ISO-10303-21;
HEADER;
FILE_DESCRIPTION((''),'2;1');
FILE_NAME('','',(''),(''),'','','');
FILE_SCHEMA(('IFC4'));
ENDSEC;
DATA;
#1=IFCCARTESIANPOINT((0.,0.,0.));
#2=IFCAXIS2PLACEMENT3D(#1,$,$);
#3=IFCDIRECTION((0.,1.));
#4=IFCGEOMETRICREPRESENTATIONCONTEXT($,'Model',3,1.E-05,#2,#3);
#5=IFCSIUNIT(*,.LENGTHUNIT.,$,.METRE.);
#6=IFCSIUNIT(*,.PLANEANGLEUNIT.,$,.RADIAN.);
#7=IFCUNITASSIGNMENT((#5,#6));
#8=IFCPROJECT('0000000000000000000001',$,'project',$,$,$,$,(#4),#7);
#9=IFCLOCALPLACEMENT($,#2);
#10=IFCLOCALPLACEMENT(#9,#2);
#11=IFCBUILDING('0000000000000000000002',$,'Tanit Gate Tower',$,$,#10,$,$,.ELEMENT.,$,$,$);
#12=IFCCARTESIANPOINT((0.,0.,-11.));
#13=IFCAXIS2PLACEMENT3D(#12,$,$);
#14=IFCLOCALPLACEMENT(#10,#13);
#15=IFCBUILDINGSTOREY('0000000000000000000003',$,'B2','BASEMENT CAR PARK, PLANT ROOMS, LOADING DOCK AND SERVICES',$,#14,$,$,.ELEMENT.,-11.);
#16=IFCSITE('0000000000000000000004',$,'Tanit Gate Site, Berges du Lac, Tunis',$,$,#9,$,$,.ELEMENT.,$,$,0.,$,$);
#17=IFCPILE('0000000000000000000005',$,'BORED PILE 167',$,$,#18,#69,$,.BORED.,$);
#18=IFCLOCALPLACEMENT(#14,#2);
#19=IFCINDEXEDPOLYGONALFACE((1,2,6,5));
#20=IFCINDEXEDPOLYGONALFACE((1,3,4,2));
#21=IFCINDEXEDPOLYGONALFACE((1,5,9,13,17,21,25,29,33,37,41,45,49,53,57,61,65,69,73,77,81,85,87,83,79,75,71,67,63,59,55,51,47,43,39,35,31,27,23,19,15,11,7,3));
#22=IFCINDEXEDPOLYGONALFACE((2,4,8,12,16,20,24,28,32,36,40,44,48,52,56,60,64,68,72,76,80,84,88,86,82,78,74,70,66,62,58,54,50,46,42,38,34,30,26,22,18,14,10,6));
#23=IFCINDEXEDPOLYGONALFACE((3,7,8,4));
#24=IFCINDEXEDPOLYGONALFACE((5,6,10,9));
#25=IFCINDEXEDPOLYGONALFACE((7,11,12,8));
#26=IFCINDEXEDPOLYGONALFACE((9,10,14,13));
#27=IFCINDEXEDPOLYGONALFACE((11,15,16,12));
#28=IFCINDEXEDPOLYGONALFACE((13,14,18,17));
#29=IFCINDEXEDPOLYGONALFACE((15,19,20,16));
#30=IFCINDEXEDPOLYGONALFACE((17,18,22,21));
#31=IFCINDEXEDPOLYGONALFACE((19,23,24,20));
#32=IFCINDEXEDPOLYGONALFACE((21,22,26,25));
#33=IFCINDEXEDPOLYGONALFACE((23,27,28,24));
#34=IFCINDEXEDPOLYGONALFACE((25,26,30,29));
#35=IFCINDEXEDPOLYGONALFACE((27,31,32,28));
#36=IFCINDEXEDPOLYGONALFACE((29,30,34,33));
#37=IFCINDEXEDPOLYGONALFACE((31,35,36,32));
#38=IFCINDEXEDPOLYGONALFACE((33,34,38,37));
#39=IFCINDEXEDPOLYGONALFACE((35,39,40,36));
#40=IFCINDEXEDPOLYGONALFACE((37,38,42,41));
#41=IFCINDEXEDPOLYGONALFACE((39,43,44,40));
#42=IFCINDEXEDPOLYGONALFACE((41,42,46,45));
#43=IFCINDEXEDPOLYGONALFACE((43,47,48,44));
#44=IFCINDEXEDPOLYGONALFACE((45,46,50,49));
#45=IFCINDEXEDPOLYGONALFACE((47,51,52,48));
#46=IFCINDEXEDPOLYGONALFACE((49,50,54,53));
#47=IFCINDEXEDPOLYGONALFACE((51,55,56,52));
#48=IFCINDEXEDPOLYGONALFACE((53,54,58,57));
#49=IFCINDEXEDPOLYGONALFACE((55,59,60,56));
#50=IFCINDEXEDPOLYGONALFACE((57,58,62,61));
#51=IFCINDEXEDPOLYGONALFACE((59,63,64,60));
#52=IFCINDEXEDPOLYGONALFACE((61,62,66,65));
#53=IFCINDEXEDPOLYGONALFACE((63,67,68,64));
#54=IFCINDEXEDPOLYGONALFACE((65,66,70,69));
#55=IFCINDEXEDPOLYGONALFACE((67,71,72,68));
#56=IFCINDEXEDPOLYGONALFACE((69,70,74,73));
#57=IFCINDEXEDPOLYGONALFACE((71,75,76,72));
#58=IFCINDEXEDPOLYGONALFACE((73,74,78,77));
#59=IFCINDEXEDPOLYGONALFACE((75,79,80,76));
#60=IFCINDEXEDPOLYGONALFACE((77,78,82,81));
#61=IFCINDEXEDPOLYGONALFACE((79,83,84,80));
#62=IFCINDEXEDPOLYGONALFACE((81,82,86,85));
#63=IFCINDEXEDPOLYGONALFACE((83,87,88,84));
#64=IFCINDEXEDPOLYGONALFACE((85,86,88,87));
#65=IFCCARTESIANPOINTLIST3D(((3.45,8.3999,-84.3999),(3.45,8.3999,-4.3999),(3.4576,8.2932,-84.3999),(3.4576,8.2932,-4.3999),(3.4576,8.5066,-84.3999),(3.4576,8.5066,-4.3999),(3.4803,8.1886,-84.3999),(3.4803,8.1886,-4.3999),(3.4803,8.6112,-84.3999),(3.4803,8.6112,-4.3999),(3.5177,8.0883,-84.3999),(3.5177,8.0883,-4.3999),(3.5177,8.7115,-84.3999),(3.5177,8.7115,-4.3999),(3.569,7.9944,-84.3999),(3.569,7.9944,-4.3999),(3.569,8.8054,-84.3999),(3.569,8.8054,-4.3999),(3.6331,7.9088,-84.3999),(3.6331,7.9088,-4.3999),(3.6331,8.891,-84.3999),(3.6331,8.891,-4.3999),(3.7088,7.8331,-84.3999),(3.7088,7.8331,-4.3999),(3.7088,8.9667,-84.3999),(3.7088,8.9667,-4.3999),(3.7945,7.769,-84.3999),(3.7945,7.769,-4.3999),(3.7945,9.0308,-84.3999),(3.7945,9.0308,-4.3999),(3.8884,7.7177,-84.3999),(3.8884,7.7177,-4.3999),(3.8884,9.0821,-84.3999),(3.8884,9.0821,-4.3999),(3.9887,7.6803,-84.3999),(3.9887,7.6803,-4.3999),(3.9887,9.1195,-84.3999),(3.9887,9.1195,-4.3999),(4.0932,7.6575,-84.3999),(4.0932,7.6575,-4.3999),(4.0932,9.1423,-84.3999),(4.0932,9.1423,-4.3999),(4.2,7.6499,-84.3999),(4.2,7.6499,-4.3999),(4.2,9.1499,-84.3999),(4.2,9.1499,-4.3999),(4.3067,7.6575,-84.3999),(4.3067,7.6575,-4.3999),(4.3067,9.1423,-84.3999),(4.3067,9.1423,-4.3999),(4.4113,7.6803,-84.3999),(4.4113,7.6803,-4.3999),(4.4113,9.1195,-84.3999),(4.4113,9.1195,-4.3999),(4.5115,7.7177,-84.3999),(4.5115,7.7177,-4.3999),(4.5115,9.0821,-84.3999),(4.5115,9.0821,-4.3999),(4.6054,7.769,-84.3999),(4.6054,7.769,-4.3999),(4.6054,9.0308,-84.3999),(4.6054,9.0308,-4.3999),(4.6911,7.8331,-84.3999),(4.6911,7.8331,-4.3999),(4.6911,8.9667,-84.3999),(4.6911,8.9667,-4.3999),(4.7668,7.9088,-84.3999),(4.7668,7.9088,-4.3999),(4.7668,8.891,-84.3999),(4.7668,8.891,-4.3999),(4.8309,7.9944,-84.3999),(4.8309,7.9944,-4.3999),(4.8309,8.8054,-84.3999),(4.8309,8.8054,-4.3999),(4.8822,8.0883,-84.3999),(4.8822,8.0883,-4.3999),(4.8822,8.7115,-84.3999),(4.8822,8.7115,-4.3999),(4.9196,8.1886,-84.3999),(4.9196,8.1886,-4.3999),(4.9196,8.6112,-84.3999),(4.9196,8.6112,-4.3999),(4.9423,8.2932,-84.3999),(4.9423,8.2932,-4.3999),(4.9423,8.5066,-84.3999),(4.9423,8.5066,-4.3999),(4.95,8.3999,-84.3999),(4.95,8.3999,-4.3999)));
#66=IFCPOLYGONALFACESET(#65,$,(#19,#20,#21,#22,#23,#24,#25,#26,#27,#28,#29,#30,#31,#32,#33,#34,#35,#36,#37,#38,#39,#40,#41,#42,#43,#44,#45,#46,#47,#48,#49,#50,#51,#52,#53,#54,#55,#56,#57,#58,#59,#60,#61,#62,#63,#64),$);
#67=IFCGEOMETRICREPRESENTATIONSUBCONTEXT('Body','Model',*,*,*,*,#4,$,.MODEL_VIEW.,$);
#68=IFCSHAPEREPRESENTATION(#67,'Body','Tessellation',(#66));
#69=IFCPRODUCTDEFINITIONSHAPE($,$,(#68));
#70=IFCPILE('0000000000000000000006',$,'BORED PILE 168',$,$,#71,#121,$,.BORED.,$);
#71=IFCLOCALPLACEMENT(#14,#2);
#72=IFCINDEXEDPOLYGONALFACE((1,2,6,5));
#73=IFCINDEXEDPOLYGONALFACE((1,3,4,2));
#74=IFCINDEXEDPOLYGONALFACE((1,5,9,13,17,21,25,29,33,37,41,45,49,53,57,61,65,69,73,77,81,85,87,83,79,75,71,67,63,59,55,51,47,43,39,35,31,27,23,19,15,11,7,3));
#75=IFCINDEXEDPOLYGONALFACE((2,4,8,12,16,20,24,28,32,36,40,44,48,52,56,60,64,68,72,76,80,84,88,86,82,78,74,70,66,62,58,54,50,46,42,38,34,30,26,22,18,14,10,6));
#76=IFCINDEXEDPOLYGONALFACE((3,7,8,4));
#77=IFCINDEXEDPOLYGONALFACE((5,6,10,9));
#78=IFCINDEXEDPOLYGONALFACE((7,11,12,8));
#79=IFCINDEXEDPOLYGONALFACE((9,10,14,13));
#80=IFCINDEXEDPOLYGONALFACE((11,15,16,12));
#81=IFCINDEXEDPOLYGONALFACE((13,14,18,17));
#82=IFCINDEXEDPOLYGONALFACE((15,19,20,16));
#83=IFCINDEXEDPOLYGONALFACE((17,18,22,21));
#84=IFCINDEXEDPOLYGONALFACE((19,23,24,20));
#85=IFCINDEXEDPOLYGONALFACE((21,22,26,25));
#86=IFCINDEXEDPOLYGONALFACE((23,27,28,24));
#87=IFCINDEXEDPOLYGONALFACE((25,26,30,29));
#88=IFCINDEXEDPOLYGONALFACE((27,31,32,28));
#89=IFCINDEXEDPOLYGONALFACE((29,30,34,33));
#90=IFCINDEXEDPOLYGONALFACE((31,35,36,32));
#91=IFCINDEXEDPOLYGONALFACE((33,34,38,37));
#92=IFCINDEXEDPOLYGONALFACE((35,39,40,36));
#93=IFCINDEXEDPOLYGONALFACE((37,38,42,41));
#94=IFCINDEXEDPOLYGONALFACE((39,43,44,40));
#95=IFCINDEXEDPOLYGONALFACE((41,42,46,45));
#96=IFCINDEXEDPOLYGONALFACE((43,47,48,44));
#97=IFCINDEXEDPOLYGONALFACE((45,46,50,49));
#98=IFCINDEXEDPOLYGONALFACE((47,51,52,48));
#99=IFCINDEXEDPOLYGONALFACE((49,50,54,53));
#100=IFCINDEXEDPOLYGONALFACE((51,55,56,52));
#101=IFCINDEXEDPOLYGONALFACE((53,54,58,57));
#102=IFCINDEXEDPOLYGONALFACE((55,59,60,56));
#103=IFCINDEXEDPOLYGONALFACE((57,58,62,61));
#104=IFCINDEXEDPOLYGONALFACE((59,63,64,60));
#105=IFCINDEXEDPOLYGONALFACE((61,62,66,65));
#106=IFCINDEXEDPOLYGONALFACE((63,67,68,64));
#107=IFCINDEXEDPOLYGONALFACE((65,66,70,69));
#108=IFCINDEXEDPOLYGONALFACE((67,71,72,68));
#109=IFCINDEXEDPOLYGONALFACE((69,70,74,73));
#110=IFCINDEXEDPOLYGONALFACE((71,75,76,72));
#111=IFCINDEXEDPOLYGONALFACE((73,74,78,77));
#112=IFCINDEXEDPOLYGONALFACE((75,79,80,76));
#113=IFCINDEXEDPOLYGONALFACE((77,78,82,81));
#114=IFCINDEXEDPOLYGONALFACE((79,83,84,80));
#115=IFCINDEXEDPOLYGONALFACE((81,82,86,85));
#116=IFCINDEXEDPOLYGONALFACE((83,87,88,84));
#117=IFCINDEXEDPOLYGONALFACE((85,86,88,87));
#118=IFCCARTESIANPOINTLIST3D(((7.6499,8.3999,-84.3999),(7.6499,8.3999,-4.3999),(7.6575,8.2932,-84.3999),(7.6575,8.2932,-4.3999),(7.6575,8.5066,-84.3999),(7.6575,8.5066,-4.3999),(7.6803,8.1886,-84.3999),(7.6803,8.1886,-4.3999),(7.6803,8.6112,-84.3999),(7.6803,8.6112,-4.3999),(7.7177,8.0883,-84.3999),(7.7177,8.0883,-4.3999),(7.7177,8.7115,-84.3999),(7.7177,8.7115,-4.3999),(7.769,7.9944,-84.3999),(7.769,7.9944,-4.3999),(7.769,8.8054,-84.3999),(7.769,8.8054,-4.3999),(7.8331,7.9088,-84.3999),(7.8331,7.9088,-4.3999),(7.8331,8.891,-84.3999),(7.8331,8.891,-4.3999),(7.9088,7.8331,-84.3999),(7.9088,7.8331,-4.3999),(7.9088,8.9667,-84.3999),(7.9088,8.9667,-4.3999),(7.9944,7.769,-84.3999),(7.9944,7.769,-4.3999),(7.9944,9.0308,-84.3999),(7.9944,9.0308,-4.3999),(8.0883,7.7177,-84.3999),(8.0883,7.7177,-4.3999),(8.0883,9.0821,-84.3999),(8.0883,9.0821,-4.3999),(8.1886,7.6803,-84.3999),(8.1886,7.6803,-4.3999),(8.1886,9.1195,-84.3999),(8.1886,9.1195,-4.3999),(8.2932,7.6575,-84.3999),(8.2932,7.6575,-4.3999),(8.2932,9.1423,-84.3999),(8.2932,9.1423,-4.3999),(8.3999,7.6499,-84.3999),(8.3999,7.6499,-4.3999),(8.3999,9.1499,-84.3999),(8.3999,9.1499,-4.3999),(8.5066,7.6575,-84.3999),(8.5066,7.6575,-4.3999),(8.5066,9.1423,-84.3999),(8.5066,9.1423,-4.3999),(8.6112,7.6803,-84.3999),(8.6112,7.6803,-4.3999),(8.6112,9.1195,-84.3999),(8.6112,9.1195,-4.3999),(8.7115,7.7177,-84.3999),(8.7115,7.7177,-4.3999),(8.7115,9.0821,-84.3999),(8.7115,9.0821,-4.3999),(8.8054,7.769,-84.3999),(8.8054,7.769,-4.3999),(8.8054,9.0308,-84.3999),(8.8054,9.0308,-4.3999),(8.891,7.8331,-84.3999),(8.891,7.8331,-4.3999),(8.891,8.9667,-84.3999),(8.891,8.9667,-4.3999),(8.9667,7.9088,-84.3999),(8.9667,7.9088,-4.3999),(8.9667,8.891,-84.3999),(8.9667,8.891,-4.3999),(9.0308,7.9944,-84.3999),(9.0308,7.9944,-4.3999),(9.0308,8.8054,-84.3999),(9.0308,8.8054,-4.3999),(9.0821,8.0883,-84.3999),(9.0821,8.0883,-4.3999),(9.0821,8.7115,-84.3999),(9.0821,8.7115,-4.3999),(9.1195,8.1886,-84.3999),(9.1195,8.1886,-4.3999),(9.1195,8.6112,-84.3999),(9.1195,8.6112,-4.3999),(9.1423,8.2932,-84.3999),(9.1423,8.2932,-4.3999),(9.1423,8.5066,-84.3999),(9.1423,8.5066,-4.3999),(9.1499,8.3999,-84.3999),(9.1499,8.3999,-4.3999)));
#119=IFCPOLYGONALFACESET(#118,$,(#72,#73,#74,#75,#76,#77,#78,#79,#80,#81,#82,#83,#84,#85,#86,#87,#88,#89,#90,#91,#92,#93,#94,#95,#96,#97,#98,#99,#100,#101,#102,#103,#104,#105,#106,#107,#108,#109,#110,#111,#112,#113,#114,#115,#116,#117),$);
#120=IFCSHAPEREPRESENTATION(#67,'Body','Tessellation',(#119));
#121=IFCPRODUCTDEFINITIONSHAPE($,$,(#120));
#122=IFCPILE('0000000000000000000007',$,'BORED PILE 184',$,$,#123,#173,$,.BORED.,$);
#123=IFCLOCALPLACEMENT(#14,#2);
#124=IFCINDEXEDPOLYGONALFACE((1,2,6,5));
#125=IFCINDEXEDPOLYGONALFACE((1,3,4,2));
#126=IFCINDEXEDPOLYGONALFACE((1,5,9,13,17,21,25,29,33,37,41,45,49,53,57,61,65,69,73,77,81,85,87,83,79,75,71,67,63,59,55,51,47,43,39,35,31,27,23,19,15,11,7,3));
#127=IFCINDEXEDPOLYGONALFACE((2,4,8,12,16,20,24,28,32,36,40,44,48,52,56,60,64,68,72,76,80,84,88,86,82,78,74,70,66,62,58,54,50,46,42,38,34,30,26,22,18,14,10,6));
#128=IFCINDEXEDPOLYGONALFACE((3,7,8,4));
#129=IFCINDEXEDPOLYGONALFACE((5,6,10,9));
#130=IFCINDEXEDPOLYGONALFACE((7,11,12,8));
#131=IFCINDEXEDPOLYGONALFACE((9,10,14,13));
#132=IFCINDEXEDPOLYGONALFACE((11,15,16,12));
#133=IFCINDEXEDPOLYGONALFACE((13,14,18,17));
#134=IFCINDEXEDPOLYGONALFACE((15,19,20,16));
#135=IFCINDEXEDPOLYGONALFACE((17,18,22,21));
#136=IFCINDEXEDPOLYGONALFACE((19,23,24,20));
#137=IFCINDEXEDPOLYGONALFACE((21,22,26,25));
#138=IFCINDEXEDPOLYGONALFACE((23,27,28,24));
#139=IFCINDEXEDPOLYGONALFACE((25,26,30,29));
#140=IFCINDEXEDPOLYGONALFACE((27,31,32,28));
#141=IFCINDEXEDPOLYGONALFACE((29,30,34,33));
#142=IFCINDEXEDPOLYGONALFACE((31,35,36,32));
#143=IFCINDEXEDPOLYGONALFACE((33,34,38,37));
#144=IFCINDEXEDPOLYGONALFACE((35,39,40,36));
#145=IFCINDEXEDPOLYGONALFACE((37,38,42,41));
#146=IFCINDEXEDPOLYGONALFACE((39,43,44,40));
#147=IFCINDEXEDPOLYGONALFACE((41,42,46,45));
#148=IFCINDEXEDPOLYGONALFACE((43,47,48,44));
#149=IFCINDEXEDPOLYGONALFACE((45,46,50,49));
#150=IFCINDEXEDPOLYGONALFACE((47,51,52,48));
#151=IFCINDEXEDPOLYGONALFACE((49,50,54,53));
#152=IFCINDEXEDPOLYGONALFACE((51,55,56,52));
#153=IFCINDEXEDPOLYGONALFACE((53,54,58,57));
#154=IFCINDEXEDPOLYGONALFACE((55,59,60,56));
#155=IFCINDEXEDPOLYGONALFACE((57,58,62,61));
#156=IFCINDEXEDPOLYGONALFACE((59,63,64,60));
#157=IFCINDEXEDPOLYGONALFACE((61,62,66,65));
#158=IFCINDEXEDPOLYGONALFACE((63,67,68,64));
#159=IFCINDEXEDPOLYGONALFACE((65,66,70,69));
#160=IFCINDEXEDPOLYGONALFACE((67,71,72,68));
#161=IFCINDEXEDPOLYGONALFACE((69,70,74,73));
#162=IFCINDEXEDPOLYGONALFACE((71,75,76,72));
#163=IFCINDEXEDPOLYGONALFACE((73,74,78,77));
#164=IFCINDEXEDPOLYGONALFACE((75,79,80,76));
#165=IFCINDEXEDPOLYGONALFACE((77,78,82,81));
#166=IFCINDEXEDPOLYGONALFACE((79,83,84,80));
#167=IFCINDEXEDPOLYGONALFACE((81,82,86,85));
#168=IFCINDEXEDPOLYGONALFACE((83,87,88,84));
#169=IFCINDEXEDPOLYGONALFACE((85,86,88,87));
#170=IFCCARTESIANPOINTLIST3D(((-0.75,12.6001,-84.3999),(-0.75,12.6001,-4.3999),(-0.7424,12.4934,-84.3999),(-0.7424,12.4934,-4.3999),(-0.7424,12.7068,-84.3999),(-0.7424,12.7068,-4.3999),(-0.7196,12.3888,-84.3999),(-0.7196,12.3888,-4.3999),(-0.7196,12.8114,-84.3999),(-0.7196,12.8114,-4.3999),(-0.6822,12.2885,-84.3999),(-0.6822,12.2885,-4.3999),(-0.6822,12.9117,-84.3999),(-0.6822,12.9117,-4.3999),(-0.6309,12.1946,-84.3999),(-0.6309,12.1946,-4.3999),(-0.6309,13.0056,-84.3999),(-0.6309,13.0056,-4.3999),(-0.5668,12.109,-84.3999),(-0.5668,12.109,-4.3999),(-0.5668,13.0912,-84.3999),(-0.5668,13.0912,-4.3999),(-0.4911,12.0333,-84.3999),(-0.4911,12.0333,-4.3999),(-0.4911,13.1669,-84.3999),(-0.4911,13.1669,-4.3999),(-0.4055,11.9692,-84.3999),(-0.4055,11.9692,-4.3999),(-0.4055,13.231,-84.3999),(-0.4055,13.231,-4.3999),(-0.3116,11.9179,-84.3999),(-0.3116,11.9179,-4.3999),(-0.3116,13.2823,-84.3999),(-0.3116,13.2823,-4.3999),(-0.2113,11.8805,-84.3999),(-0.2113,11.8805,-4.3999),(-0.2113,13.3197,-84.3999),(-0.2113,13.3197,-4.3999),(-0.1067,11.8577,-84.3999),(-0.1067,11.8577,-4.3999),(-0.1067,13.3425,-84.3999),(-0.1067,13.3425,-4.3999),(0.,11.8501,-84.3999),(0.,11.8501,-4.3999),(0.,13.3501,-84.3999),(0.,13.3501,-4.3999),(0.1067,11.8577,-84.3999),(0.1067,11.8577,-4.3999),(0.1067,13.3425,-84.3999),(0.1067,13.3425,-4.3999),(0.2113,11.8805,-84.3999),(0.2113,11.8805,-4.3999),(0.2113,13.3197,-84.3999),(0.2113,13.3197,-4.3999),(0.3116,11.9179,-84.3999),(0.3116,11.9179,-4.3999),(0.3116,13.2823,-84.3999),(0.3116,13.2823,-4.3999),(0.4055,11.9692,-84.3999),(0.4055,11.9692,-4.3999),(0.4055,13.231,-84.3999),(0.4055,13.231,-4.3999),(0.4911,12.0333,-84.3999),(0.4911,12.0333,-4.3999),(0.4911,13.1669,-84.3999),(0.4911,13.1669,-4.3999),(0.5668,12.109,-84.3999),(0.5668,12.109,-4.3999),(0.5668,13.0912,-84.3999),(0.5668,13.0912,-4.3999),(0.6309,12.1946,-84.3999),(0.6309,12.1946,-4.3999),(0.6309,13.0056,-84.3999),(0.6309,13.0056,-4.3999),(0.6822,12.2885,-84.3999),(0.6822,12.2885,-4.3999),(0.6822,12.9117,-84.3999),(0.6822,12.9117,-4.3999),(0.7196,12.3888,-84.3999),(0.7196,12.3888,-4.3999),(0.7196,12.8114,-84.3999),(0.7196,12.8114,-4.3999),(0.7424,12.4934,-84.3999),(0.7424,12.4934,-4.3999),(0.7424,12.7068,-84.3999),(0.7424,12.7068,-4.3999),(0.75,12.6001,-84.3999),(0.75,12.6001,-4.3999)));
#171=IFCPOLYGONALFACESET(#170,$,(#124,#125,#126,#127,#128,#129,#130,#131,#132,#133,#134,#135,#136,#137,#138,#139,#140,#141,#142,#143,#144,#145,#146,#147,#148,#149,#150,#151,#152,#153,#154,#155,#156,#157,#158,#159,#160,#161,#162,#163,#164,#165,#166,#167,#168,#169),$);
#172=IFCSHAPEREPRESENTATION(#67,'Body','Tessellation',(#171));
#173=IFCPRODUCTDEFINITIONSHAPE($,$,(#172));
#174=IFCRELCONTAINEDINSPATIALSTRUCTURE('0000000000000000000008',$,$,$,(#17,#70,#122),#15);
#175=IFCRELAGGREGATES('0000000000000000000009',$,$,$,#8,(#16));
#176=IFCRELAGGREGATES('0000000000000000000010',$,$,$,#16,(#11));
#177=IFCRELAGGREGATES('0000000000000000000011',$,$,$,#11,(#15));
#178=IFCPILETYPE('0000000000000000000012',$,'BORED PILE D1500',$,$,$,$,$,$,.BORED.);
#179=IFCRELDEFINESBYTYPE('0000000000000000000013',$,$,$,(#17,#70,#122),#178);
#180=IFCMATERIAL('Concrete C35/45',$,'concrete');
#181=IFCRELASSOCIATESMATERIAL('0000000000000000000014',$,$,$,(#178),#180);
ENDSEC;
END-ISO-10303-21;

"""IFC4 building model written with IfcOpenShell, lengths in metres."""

from ifc_helpers import new_model, si_unit, direction, frame, origin, origin_2d, place, context, subcontext, project, spatial, circle, extrude, material, material_profile, profile_set, type_object, element, save


model = new_model("IFC4")

# Units and contexts
model_context = context("Model", 3, precision=1e-05, world=origin(), true_north=direction((0.0, 1.0)))
body_context = subcontext(model_context, "Body", "Model", "MODEL_VIEW")
ifc_project = project(units=[si_unit("LENGTHUNIT", "METRE"), si_unit("PLANEANGLEUNIT", "RADIAN")], contexts=[model_context])

# Site, building, storey
site_placement = place(None, origin())
site = spatial("IfcSite", under=ifc_project, at=site_placement, Name="Tanit Gate Site, Berges du Lac, Tunis", CompositionType="ELEMENT", RefElevation=0.0)
building_placement = place(site_placement, origin())
building = spatial("IfcBuilding", under=site, at=building_placement, Name="Tanit Gate Tower", CompositionType="ELEMENT")
storey_placement = place(building_placement, frame((0.0, 0.0, -11.0)))
storey = spatial("IfcBuildingStorey", under=building, at=storey_placement, Name="B2", Description="BASEMENT CAR PARK, PLANT ROOMS, LOADING DOCK AND SERVICES", CompositionType="ELEMENT", Elevation=-11.0)

# Piles
ifc_material_1 = material(Name="Concrete C35/45", Category="concrete")
ifc_material_profile_1 = material_profile(ifc_material_1, circle(Radius=0.75, at=origin_2d()), Name="BORED PILE D1500 C35/45")
ifc_profile_set_1 = profile_set([ifc_material_profile_1], Name="Concrete C35/45")
pile_type = type_object("IfcPileType", Name="BORED PILE D1500", PredefinedType="BORED", material=ifc_profile_set_1)
for number, where, z_axis, x_axis, name in (
    (1, (4.2, 8.3999, -4.3999), (0.0, 0.0, -1.0), (1.0, 0.0, 0.0), "BORED PILE 167"),
    (2, (8.3999, 8.3999, -4.3999), (0.0, 0.0, -1.0), (1.0, 0.0, 0.0), "BORED PILE 168"),
    (3, (0.0, 12.6001, -4.3999), (0.0, 0.0, -1.0), (1.0, 0.0, 0.0), "BORED PILE 184"),
):
    element("IfcPile", number, at=place(storey_placement, frame(where, z_axis=z_axis, x_axis=x_axis)), inside=storey, type_object=pile_type, Name=name, PredefinedType="BORED", context=body_context, shape_type="SweptSolid", body=[
        extrude(circle(Radius=0.75, at=origin_2d()), origin(), (0.0, 0.0, 1.0), 80.0),
    ])

save(model, "model.ifc")
